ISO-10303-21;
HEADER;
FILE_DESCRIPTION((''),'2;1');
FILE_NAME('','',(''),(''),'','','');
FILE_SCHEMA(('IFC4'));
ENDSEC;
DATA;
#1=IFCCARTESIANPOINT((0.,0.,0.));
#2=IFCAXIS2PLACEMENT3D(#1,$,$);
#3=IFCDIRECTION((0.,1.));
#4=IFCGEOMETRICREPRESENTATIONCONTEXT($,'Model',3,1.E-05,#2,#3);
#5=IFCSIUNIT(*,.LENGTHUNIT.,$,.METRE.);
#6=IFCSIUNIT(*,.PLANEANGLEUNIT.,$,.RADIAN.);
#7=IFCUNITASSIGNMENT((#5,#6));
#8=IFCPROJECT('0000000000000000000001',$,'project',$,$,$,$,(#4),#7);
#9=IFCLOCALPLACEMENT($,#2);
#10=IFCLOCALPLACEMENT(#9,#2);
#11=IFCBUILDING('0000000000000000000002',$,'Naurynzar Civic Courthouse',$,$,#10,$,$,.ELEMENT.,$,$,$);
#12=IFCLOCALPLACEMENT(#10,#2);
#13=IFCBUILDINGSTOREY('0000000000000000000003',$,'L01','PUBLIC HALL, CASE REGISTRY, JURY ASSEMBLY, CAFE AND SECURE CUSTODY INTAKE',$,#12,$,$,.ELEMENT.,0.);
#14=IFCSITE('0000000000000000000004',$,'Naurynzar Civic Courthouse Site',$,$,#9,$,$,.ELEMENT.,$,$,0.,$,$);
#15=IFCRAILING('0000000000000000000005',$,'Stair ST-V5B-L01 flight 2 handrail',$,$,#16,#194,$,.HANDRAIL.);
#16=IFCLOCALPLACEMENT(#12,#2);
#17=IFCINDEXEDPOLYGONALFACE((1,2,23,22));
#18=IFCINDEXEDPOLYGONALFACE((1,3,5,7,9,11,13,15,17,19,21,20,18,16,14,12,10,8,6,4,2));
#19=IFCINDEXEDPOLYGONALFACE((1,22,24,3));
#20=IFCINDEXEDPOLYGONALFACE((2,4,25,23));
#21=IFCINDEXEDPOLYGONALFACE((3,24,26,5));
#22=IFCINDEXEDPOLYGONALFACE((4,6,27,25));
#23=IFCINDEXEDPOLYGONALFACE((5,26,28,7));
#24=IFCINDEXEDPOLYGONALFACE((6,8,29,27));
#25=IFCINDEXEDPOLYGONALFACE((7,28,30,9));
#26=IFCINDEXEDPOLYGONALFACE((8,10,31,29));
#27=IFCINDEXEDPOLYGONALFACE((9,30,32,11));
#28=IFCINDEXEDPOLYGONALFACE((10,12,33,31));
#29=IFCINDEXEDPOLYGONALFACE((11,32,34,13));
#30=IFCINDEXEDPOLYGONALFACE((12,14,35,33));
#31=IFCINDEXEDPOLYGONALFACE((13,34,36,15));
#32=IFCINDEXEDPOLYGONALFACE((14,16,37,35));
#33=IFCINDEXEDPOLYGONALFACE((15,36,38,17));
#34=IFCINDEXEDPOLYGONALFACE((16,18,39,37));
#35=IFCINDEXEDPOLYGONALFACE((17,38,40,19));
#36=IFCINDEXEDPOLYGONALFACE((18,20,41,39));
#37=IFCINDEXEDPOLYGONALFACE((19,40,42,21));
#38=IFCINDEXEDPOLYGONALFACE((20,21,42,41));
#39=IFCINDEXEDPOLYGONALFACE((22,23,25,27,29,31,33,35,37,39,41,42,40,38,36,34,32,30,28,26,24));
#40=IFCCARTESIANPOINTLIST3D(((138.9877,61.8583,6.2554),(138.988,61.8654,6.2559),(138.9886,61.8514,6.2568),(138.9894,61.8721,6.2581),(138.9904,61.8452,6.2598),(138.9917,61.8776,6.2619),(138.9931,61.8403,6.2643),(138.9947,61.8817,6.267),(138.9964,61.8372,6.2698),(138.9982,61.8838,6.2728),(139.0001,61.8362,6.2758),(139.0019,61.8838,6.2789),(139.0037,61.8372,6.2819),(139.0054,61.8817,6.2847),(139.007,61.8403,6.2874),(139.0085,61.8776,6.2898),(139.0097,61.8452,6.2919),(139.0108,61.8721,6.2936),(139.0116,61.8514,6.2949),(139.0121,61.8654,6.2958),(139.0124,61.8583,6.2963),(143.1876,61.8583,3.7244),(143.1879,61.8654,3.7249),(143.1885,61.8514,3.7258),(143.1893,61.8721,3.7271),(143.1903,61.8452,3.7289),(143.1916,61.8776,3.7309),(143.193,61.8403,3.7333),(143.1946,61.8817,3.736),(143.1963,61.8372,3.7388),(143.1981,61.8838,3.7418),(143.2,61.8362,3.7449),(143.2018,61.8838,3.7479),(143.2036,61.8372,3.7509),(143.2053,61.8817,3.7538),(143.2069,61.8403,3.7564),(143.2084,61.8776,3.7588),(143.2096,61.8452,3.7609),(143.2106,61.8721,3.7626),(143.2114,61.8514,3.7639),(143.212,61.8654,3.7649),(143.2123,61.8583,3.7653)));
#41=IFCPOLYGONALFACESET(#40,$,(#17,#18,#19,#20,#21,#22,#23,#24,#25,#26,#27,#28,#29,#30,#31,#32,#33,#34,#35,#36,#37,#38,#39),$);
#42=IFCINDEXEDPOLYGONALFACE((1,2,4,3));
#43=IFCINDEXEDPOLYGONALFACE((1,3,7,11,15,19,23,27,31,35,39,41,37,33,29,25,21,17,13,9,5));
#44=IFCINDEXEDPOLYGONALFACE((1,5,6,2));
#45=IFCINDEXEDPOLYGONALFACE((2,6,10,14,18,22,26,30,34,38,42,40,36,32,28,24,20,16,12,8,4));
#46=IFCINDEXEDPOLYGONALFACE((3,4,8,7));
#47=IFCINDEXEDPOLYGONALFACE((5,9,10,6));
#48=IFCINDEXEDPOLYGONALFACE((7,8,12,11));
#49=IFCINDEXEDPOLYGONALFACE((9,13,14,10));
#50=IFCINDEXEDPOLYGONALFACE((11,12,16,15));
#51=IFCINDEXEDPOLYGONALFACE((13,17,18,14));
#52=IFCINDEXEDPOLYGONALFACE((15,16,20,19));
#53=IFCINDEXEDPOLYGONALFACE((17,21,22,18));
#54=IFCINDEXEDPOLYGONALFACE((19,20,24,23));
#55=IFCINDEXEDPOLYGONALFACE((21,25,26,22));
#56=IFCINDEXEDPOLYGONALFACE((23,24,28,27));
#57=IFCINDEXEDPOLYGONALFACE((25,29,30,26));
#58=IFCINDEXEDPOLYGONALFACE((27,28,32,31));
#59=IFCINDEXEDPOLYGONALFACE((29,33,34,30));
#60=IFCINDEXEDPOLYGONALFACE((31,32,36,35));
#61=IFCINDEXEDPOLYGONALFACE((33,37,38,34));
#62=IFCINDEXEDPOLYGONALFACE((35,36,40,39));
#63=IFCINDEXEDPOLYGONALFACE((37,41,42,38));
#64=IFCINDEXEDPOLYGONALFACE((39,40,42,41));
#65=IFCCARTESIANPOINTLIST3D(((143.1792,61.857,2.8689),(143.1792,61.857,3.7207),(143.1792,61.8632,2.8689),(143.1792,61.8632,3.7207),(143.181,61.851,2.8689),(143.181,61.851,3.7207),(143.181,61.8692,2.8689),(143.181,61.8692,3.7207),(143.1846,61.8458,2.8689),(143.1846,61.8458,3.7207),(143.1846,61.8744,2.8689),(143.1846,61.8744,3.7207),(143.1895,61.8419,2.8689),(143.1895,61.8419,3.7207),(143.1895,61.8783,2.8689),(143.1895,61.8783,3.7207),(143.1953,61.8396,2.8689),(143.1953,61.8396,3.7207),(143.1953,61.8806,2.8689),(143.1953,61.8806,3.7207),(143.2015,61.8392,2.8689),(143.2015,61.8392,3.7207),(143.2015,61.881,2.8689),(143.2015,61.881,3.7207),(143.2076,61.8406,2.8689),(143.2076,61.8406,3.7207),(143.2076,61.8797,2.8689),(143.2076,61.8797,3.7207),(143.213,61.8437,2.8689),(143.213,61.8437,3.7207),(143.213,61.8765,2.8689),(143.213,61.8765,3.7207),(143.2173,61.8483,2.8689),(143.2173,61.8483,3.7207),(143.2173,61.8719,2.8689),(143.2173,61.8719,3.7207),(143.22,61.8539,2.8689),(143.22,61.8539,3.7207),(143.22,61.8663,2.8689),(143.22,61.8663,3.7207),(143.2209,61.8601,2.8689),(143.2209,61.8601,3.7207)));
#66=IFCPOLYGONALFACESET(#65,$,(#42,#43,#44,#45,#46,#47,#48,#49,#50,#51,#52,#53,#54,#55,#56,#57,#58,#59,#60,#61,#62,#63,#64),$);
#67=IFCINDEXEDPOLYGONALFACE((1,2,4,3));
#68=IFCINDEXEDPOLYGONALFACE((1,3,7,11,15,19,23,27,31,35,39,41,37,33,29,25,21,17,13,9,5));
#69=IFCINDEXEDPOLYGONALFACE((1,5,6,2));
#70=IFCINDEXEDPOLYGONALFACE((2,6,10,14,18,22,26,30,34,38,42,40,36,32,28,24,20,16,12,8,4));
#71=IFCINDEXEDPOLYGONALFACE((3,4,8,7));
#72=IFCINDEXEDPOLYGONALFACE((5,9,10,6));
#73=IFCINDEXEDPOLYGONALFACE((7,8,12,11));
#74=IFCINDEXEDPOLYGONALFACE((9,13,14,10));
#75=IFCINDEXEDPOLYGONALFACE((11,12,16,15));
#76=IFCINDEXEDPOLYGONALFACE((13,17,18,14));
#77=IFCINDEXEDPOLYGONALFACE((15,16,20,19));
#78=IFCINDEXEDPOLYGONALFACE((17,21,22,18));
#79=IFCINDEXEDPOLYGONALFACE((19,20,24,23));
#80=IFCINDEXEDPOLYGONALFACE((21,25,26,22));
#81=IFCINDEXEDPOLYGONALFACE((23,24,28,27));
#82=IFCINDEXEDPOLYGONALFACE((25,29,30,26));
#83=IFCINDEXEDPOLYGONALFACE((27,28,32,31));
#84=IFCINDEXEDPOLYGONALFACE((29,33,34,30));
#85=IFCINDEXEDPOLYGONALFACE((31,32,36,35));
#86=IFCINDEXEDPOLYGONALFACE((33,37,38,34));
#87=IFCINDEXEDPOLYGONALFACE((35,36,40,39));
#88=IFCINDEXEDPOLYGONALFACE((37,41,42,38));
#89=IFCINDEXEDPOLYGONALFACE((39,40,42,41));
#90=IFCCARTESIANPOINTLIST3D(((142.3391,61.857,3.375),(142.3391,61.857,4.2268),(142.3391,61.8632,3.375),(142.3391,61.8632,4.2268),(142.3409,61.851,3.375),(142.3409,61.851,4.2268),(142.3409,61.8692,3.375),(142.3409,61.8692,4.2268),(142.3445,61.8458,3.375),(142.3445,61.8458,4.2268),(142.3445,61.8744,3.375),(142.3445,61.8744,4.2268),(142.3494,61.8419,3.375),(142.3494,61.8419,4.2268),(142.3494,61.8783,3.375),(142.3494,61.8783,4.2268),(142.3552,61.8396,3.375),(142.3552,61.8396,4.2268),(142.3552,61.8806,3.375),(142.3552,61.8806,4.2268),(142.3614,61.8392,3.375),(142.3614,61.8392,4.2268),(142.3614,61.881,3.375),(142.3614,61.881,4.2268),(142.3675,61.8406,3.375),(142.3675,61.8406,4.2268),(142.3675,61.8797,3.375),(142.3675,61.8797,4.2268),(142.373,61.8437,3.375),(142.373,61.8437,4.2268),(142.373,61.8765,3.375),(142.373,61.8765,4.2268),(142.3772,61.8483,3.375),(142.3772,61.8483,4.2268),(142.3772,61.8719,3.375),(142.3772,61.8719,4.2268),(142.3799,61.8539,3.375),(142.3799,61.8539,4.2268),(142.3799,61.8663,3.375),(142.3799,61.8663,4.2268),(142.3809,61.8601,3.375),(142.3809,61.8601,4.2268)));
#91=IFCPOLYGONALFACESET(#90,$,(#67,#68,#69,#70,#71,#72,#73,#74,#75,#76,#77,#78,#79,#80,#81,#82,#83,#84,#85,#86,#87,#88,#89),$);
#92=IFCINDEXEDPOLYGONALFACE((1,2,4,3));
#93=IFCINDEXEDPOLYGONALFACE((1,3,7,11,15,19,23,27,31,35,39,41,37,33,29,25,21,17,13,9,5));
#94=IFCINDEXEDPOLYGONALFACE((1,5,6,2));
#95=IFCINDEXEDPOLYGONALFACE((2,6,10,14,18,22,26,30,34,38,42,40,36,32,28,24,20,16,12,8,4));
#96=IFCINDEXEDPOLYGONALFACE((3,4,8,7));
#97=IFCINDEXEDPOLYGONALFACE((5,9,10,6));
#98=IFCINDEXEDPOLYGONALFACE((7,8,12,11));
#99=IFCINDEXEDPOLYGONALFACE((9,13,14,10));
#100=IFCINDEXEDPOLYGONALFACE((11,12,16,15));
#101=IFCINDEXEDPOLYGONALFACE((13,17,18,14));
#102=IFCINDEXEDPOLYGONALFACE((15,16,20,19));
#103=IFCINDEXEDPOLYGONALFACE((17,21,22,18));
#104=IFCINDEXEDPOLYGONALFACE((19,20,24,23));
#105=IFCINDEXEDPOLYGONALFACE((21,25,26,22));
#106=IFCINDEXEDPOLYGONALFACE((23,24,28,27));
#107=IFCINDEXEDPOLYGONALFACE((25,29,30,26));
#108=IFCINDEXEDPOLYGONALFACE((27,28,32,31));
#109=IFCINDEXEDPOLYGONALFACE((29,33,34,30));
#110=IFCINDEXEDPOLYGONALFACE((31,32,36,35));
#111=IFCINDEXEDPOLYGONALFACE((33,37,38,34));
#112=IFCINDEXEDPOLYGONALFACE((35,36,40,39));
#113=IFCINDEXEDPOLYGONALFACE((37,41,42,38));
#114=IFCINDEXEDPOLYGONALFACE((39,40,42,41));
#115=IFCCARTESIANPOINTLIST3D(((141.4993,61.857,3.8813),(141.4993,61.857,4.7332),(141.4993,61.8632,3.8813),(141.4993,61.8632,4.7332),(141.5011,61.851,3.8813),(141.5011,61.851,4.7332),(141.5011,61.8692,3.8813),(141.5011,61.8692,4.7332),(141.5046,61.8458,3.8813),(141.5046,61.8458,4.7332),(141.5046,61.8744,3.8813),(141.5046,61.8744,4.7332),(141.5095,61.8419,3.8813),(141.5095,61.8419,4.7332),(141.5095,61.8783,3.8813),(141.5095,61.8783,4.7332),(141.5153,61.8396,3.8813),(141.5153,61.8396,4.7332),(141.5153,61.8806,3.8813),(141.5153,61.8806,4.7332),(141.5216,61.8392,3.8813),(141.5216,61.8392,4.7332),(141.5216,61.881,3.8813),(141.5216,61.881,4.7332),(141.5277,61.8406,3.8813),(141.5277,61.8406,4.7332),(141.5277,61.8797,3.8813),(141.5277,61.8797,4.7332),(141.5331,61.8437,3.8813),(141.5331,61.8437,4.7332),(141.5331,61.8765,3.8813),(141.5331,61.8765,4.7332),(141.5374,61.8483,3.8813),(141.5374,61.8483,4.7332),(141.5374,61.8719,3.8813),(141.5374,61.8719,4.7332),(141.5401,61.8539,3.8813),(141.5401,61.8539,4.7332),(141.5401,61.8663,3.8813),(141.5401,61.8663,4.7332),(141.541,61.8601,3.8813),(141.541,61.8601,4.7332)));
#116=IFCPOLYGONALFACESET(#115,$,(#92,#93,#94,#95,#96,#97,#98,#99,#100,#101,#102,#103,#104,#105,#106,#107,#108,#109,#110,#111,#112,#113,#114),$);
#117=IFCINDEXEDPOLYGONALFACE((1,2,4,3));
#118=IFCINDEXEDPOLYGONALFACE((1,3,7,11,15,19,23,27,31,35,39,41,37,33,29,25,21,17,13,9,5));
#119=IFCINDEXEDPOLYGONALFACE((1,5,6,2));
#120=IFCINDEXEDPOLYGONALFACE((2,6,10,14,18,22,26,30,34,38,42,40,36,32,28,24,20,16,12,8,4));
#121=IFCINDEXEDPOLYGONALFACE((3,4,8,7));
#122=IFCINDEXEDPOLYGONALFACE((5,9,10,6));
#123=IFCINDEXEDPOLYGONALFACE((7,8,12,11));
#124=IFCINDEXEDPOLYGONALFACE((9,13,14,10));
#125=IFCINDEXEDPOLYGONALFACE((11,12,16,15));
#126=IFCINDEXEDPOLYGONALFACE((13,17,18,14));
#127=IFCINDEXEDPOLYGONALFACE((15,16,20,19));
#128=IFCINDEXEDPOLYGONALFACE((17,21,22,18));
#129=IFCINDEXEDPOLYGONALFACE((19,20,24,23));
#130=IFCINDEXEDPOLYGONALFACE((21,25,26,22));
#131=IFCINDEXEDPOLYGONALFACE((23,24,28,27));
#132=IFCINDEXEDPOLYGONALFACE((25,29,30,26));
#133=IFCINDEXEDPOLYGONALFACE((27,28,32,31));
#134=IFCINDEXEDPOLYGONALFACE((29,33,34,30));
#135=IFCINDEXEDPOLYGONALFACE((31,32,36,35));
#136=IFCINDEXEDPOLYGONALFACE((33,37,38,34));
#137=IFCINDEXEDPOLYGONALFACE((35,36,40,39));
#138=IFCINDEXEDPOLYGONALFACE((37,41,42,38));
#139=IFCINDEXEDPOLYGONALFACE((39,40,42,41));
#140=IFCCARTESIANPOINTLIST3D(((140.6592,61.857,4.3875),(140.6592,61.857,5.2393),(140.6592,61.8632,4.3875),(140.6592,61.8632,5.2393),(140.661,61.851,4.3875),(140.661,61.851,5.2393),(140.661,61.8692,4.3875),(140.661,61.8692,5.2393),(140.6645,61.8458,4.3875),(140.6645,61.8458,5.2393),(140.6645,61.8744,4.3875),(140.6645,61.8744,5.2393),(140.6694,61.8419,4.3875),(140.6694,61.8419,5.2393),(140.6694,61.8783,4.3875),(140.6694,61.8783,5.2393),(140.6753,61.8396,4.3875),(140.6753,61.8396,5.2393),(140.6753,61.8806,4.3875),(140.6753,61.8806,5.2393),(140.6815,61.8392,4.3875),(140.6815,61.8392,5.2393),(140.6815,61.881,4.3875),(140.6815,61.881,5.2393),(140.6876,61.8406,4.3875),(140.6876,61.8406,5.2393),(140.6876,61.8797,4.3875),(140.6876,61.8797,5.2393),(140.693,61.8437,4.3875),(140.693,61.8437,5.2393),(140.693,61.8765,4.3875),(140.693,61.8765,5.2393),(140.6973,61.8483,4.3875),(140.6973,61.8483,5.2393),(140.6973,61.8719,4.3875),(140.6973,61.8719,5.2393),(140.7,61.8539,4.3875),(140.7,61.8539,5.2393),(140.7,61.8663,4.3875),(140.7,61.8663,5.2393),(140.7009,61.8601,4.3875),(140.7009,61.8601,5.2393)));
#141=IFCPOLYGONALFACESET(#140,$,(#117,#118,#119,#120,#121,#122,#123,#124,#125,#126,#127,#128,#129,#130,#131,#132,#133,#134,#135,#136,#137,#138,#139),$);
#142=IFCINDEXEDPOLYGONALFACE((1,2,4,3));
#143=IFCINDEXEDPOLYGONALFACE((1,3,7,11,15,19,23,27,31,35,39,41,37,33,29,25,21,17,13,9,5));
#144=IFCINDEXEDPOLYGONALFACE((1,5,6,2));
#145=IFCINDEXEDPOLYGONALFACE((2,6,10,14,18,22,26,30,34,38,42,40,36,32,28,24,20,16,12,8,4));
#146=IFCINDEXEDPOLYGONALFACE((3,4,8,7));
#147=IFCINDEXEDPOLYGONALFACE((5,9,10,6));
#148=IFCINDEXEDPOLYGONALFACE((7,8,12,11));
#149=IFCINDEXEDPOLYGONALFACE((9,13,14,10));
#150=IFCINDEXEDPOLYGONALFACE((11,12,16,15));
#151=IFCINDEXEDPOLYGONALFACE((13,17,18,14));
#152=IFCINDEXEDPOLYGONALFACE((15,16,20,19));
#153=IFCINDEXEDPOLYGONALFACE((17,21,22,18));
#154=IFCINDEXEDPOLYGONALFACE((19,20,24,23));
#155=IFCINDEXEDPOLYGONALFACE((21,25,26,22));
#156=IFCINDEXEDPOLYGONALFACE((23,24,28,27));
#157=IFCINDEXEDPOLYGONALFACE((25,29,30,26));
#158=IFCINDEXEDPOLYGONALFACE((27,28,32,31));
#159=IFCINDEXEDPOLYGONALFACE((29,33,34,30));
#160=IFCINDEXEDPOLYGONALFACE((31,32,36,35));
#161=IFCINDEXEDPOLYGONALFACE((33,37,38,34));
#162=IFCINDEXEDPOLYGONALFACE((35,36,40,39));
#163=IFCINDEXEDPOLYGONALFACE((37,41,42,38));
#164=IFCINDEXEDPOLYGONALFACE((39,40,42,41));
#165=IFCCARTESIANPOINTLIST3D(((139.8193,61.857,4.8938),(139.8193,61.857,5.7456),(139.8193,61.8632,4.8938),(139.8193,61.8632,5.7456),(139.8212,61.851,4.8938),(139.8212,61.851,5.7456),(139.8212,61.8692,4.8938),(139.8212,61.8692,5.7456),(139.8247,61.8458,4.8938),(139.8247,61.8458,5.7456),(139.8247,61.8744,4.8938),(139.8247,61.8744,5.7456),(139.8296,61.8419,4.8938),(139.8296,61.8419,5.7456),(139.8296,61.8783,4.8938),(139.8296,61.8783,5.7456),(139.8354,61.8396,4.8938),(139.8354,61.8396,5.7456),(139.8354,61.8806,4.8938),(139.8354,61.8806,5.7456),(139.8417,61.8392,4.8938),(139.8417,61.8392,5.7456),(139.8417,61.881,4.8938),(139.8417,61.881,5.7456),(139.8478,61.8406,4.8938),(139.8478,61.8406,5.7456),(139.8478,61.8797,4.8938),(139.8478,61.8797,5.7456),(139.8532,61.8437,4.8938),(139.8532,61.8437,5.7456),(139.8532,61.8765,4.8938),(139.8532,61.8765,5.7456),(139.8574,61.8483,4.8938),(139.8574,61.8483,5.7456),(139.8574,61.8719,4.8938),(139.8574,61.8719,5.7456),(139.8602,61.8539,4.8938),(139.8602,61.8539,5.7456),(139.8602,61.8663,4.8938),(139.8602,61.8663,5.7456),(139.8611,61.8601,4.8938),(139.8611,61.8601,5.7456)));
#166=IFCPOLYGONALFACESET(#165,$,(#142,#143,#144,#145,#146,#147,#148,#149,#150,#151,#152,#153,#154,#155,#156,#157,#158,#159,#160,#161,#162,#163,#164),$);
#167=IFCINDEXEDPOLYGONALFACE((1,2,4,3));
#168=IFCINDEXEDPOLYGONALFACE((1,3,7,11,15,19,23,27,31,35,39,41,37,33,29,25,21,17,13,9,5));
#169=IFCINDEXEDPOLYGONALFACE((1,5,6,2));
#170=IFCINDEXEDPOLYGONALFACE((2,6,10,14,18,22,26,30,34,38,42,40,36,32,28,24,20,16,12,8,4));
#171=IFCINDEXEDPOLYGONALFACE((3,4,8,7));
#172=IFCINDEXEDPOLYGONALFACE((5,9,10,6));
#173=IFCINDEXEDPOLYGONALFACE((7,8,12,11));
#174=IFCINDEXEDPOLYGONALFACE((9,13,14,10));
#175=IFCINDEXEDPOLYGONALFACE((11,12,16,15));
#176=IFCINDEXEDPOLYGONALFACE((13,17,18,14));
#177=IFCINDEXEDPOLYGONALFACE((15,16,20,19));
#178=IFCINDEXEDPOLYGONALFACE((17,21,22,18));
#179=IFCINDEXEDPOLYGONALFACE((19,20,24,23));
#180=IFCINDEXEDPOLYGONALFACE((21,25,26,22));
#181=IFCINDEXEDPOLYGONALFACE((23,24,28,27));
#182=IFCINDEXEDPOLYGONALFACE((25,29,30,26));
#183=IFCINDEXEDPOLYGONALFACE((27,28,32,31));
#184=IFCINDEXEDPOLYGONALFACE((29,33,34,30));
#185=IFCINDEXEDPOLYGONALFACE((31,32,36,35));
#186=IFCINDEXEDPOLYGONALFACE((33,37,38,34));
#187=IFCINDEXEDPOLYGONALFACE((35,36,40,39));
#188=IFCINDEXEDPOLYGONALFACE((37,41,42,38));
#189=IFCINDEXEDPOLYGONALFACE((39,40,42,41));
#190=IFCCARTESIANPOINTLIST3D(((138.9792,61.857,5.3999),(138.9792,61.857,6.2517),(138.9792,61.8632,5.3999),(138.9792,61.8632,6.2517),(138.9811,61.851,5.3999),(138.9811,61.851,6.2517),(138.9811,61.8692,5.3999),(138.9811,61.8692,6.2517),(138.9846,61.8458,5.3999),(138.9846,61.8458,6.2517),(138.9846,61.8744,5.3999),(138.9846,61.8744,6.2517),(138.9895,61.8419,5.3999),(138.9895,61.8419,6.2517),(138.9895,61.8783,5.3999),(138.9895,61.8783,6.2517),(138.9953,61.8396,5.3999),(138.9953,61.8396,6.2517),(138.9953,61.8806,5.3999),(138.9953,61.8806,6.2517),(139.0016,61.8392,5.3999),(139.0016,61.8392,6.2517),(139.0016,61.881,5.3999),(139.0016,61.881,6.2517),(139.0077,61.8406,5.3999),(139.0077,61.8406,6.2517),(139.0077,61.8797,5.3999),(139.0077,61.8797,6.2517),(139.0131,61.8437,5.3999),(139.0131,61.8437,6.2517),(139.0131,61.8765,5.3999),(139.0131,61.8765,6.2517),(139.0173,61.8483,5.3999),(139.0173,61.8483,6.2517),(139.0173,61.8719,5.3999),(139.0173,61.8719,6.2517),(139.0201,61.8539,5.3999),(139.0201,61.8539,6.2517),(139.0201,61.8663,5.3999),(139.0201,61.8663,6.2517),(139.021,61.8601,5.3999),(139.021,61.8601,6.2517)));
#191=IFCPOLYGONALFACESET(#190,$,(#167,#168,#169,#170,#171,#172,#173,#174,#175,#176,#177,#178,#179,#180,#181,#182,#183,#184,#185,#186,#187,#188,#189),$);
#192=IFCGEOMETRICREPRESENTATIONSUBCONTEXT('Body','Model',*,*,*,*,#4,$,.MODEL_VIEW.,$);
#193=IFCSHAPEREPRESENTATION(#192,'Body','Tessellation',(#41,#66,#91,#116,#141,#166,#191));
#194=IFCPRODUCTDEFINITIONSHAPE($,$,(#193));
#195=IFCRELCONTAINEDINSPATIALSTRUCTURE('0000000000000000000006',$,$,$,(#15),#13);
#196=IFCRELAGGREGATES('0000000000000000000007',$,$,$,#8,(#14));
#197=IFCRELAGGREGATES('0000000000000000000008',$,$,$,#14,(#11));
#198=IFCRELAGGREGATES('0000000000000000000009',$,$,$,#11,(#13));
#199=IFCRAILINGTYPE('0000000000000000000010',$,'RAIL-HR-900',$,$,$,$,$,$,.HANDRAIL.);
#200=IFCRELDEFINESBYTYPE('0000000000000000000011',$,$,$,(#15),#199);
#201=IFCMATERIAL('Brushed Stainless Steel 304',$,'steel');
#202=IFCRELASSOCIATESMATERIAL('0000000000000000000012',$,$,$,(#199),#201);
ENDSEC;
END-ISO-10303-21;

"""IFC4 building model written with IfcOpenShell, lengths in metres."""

from ifc_helpers import new_model, si_unit, direction, frame, origin, origin_2d, place, context, subcontext, project, spatial, circle, extrude, material, type_object, element, save


model = new_model("IFC4")

# Units and contexts
model_context = context("Model", 3, precision=1e-05, world=origin(), true_north=direction((0.0, 1.0)))
body_context = subcontext(model_context, "Body", "Model", "MODEL_VIEW")
ifc_project = project(units=[si_unit("LENGTHUNIT", "METRE"), si_unit("PLANEANGLEUNIT", "RADIAN")], contexts=[model_context])

# Site, building, storey
site_placement = place(None, origin())
site = spatial("IfcSite", under=ifc_project, at=site_placement, Name="Naurynzar Civic Courthouse Site", CompositionType="ELEMENT", RefElevation=0.0)
building_placement = place(site_placement, origin())
building = spatial("IfcBuilding", under=site, at=building_placement, Name="Naurynzar Civic Courthouse", CompositionType="ELEMENT")
storey_placement = place(building_placement, origin())
storey = spatial("IfcBuildingStorey", under=building, at=storey_placement, Name="L01", Description="PUBLIC HALL, CASE REGISTRY, JURY ASSEMBLY, CAFE AND SECURE CUSTODY INTAKE", CompositionType="ELEMENT", Elevation=0.0)

# Railing
ifc_material_1 = material(Name="Brushed Stainless Steel 304", Category="steel")
railing_type_1 = type_object("IfcRailingType", Name="RAIL-HR-900", PredefinedType="HANDRAIL", material=ifc_material_1)
railing_1_placement = place(storey_placement, frame((143.2, 61.8601, 2.8689)))
element("IfcRailing", 1, at=railing_1_placement, inside=storey, type_object=railing_type_1, Name="Stair ST-V5B-L01 flight 2 handrail", PredefinedType="HANDRAIL", context=body_context, shape_type="SweptSolid", body=[
    extrude(circle(Radius=0.0239, at=origin_2d()), frame((0.0, 0.0, 0.876), z_axis=(-0.856499, 0.0, 0.51615), x_axis=(0.0, -1.0, 0.0)), (0.0, 0.0, 1.0), 4.9036),
    extrude(circle(Radius=0.021, at=origin_2d()), origin(), (0.0, 0.0, 1.0), 0.8518),
    extrude(circle(Radius=0.021, at=origin_2d()), frame((-0.8401, 0.0, 0.5061)), (0.0, 0.0, 1.0), 0.8518),
    extrude(circle(Radius=0.021, at=origin_2d()), frame((-1.6799, 0.0, 1.0125)), (0.0, 0.0, 1.0), 0.8518),
    extrude(circle(Radius=0.021, at=origin_2d()), frame((-2.52, 0.0, 1.5186)), (0.0, 0.0, 1.0), 0.8518),
    extrude(circle(Radius=0.021, at=origin_2d()), frame((-3.3599, 0.0, 2.0249)), (0.0, 0.0, 1.0), 0.8518),
    extrude(circle(Radius=0.021, at=origin_2d()), frame((-4.2, 0.0, 2.531)), (0.0, 0.0, 1.0), 0.8518),
])

save(model, "model.ifc")
